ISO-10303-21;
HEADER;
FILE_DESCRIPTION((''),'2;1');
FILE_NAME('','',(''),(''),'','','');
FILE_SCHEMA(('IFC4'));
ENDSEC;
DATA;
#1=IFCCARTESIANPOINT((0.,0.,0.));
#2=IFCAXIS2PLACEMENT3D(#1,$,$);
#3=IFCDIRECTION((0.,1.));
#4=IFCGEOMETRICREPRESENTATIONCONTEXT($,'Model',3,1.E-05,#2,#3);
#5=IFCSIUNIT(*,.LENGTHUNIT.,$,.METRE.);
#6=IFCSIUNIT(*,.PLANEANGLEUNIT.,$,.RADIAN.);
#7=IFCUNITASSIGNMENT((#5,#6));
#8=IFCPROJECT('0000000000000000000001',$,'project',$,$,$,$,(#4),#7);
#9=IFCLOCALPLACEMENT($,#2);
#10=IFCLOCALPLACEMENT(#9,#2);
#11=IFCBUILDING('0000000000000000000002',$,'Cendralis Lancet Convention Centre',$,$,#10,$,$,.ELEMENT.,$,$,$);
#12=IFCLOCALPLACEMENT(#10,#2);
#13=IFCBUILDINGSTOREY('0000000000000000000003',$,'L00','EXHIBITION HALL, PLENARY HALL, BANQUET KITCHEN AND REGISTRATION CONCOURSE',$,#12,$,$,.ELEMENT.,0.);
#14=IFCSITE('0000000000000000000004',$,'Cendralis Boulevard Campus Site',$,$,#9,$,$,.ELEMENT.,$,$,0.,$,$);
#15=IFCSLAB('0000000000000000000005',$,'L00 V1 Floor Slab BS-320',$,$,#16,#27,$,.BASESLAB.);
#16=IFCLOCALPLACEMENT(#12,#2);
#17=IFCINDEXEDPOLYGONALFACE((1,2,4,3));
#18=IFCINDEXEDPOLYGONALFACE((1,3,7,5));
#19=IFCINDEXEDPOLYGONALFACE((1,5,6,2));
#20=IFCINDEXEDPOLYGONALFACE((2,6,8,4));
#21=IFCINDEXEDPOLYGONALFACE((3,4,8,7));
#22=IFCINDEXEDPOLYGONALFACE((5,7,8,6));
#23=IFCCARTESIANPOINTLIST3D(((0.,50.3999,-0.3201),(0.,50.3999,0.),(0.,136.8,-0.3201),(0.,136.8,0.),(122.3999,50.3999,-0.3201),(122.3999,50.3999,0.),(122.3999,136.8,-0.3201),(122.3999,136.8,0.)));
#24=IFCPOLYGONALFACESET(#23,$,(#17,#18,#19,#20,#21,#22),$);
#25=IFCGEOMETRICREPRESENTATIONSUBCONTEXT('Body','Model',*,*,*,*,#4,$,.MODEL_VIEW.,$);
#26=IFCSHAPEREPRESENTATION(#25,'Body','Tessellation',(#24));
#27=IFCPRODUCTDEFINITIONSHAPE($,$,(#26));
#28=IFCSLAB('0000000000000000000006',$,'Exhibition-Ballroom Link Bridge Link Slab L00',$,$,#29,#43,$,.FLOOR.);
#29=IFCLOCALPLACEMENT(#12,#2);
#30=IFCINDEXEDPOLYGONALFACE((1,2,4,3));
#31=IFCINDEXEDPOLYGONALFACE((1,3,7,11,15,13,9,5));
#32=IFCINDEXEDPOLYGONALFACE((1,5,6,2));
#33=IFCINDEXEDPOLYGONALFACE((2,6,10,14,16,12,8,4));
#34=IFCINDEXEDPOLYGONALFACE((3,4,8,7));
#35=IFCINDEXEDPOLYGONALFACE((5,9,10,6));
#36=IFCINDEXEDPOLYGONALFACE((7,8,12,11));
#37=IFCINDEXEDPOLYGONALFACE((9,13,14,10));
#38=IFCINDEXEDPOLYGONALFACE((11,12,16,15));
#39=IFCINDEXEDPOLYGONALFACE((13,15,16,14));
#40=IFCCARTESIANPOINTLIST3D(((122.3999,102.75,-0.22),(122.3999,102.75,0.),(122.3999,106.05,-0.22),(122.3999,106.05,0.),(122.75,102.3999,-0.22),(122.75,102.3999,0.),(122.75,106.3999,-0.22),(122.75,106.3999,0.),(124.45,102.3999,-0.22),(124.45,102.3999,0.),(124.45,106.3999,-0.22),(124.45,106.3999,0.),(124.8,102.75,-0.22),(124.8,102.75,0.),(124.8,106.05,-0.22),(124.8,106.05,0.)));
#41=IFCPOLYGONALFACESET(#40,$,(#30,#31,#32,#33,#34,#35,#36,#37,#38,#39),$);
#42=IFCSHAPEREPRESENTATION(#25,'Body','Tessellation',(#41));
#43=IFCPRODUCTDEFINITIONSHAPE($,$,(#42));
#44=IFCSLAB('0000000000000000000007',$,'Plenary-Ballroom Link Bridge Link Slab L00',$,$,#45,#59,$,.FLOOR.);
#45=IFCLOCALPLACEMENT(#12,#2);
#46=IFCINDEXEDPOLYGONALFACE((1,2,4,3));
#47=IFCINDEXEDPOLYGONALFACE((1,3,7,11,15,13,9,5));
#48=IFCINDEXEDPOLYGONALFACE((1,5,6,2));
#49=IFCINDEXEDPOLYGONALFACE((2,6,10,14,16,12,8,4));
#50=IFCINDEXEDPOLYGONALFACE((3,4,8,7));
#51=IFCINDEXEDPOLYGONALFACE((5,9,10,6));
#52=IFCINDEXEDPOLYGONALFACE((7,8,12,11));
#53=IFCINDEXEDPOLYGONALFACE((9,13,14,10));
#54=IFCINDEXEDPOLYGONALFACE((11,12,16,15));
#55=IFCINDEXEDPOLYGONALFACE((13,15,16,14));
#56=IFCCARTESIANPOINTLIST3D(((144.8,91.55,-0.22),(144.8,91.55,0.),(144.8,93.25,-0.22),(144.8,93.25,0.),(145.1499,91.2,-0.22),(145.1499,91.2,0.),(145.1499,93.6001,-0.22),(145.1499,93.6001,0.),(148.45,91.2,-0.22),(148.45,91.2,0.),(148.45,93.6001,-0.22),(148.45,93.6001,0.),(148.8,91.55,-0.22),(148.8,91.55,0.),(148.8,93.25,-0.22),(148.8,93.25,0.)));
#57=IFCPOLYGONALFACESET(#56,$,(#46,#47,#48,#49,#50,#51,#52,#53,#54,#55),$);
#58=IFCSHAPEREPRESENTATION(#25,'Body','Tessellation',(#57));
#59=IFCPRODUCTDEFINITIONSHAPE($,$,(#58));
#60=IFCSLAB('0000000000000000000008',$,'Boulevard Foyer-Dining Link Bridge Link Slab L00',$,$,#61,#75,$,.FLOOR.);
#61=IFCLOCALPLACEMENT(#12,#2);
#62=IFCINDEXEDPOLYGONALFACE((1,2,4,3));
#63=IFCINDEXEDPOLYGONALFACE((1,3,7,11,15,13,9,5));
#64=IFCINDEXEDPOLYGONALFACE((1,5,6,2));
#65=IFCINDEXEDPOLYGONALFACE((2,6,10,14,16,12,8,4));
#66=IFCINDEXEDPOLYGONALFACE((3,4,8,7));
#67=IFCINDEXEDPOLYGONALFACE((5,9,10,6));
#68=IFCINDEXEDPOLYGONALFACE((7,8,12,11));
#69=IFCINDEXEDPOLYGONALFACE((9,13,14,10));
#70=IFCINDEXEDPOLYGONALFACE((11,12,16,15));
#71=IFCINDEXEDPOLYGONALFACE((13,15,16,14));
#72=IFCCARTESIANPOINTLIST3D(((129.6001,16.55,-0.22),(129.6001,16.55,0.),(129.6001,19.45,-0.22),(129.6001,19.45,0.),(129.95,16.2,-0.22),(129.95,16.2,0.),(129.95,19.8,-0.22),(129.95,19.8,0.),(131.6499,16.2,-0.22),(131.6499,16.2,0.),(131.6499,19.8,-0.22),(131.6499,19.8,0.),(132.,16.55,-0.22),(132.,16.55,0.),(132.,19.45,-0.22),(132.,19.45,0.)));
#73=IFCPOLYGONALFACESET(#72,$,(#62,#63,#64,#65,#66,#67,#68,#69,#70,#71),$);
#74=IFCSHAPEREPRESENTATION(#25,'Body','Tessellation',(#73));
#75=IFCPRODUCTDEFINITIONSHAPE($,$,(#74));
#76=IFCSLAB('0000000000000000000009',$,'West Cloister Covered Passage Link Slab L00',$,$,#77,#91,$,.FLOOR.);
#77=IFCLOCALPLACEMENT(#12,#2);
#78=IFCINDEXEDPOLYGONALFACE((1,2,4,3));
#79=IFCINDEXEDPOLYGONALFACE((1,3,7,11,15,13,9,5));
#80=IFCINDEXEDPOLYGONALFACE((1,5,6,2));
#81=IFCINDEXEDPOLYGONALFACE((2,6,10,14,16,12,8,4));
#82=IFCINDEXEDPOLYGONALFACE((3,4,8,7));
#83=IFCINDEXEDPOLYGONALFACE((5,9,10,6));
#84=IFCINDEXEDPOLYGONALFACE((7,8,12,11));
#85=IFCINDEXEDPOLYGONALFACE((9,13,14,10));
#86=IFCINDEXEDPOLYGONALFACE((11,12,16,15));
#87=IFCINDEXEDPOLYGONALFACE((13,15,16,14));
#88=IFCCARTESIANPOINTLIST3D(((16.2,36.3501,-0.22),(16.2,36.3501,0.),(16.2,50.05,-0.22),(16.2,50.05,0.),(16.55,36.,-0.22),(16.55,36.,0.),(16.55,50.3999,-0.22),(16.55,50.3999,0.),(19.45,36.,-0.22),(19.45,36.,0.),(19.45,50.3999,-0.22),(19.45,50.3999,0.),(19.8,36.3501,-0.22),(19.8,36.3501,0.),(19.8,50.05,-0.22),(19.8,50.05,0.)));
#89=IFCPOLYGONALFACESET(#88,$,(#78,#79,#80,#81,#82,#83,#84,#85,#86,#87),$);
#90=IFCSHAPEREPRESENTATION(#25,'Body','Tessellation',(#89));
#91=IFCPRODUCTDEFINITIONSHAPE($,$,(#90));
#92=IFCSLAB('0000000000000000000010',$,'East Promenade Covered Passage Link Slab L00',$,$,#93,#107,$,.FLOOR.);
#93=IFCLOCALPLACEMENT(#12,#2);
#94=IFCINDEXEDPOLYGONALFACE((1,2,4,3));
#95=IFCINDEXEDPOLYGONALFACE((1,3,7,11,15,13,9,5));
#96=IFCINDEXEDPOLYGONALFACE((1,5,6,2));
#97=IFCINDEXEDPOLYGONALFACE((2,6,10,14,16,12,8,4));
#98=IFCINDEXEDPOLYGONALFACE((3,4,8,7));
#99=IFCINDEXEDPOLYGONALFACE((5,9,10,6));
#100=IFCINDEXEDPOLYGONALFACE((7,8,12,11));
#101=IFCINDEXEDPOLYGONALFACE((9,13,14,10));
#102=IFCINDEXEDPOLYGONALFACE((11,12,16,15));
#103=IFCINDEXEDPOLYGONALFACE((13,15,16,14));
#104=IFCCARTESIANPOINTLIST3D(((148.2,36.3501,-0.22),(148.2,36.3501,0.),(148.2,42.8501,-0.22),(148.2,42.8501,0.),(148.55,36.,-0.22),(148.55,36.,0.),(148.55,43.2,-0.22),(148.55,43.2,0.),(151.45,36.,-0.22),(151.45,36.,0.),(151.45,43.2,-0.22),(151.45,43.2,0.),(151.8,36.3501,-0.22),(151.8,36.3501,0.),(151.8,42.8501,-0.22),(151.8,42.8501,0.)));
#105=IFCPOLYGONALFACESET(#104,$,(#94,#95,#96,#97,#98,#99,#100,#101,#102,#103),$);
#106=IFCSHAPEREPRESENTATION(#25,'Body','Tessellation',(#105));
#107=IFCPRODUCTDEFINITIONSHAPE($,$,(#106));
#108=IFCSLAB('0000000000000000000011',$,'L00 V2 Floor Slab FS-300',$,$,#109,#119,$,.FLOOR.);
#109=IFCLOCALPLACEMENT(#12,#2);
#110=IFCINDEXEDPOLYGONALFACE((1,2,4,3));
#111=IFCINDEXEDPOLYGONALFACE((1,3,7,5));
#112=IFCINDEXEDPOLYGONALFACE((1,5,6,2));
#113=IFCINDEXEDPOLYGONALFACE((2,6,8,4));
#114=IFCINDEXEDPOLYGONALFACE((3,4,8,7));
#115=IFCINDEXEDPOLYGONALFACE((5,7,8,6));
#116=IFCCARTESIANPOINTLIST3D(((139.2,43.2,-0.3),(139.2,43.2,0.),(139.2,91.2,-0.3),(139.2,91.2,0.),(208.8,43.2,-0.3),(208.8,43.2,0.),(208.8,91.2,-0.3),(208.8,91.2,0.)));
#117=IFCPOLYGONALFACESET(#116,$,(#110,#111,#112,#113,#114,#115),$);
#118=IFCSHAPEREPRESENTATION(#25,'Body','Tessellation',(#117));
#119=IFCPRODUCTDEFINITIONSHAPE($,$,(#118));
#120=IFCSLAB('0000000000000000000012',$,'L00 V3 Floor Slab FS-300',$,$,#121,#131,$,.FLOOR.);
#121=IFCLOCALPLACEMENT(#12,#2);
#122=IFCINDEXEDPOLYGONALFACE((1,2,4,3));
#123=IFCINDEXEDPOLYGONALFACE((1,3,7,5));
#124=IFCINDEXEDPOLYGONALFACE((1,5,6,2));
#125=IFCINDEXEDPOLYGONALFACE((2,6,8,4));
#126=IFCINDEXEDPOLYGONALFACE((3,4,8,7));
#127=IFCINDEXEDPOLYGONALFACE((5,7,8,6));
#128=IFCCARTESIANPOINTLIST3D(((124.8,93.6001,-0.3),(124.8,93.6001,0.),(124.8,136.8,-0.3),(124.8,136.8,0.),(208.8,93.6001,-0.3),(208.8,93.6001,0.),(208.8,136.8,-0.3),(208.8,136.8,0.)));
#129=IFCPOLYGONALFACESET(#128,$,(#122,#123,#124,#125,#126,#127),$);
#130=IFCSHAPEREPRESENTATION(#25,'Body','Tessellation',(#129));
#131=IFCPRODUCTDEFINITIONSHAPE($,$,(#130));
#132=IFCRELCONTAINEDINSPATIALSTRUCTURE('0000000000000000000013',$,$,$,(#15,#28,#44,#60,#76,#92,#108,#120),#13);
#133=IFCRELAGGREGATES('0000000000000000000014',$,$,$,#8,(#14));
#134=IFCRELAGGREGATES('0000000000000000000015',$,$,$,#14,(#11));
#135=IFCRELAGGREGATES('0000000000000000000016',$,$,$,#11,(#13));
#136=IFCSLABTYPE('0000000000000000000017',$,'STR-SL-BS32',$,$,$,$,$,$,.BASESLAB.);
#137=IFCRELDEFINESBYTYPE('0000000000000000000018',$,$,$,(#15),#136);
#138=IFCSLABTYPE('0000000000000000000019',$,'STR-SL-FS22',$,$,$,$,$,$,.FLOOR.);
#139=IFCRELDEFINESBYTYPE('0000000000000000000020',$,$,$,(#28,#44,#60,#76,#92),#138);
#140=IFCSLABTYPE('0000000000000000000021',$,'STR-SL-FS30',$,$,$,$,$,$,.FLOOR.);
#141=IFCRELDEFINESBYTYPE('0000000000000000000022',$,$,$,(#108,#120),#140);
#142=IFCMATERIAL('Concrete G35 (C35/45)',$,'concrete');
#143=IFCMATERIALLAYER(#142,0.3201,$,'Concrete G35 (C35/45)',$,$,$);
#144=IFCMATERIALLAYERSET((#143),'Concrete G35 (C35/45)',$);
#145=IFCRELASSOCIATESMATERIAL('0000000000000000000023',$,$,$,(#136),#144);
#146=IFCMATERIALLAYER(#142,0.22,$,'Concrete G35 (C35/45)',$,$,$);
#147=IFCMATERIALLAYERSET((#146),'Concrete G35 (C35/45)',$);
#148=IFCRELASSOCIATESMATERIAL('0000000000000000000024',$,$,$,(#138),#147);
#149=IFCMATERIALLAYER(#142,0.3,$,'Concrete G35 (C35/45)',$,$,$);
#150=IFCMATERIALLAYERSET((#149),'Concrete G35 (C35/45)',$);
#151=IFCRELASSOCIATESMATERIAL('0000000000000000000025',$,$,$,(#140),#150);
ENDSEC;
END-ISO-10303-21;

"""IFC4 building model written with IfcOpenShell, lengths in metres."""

from ifc_helpers import new_model, si_unit, direction, frame, origin, place, context, subcontext, project, spatial, polyline, outline, extrude, material, layer, layer_set, type_object, element, save


model = new_model("IFC4")

# Units and contexts
model_context = context("Model", 3, precision=1e-05, world=origin(), true_north=direction((0.0, 1.0)))
body_context = subcontext(model_context, "Body", "Model", "MODEL_VIEW")
ifc_project = project(units=[si_unit("LENGTHUNIT", "METRE"), si_unit("PLANEANGLEUNIT", "RADIAN")], contexts=[model_context])

# Site, building, storey
site_placement = place(None, origin())
site = spatial("IfcSite", under=ifc_project, at=site_placement, Name="Cendralis Boulevard Campus Site", CompositionType="ELEMENT", RefElevation=0.0)
building_placement = place(site_placement, origin())
building = spatial("IfcBuilding", under=site, at=building_placement, Name="Cendralis Lancet Convention Centre", CompositionType="ELEMENT")
storey_placement = place(building_placement, origin())
storey = spatial("IfcBuildingStorey", under=building, at=storey_placement, Name="L00", Description="EXHIBITION HALL, PLENARY HALL, BANQUET KITCHEN AND REGISTRATION CONCOURSE", CompositionType="ELEMENT", Elevation=0.0)

# Slabs
ifc_material_1 = material(Name="Concrete G35 (C35/45)", Category="concrete")
ifc_layer_1 = layer(ifc_material_1, 0.3201, Name="Concrete G35 (C35/45)")
ifc_layer_set_1 = layer_set([ifc_layer_1], Name="Concrete G35 (C35/45)")
slab_type_1 = type_object("IfcSlabType", Name="STR-SL-BS32", PredefinedType="BASESLAB", material=ifc_layer_set_1)
slab_1_placement = place(storey_placement, frame((0.0, 0.0, -0.3201)))
element("IfcSlab", 1, at=slab_1_placement, inside=storey, type_object=slab_type_1, Name="L00 V1 Floor Slab BS-320", PredefinedType="BASESLAB", context=body_context, shape_type="SweptSolid", body=[
    extrude(outline(polyline([(0.0, 50.3999), (122.3999, 50.3999), (122.3999, 136.8), (0.0, 136.8), (0.0, 50.3999)])), origin(), (0.0, 0.0, 1.0), 0.3201),
])
ifc_layer_2 = layer(ifc_material_1, 0.22, Name="Concrete G35 (C35/45)")
ifc_layer_set_2 = layer_set([ifc_layer_2], Name="Concrete G35 (C35/45)")
slab_type_2 = type_object("IfcSlabType", Name="STR-SL-FS22", PredefinedType="FLOOR", material=ifc_layer_set_2)
slab_2_placement = place(storey_placement, frame((0.0, 0.0, -0.22)))
element("IfcSlab", 2, at=slab_2_placement, inside=storey, type_object=slab_type_2, Name="Exhibition-Ballroom Link Bridge Link Slab L00", PredefinedType="FLOOR", context=body_context, shape_type="SweptSolid", body=[
    extrude(outline(polyline([(122.75, 102.3999), (124.45, 102.3999), (124.8, 102.75), (124.8, 106.05), (124.45, 106.3999), (122.75, 106.3999), (122.3999, 106.05), (122.3999, 102.75), (122.75, 102.3999)])), origin(), (0.0, 0.0, 1.0), 0.22),
])
slab_3_placement = place(storey_placement, frame((0.0, 0.0, -0.22)))
element("IfcSlab", 3, at=slab_3_placement, inside=storey, type_object=slab_type_2, Name="Plenary-Ballroom Link Bridge Link Slab L00", PredefinedType="FLOOR", context=body_context, shape_type="SweptSolid", body=[
    extrude(outline(polyline([(145.1499, 91.2), (148.45, 91.2), (148.8, 91.55), (148.8, 93.25), (148.45, 93.6001), (145.1499, 93.6001), (144.8, 93.25), (144.8, 91.55), (145.1499, 91.2)])), origin(), (0.0, 0.0, 1.0), 0.22),
])
slab_4_placement = place(storey_placement, frame((0.0, 0.0, -0.22)))
element("IfcSlab", 4, at=slab_4_placement, inside=storey, type_object=slab_type_2, Name="Boulevard Foyer-Dining Link Bridge Link Slab L00", PredefinedType="FLOOR", context=body_context, shape_type="SweptSolid", body=[
    extrude(outline(polyline([(129.95, 16.2), (131.6499, 16.2), (132.0, 16.55), (132.0, 19.45), (131.6499, 19.8), (129.95, 19.8), (129.6001, 19.45), (129.6001, 16.55), (129.95, 16.2)])), origin(), (0.0, 0.0, 1.0), 0.22),
])
slab_5_placement = place(storey_placement, frame((0.0, 0.0, -0.22)))
element("IfcSlab", 5, at=slab_5_placement, inside=storey, type_object=slab_type_2, Name="West Cloister Covered Passage Link Slab L00", PredefinedType="FLOOR", context=body_context, shape_type="SweptSolid", body=[
    extrude(outline(polyline([(16.55, 36.0), (19.45, 36.0), (19.8, 36.3501), (19.8, 50.05), (19.45, 50.3999), (16.55, 50.3999), (16.2, 50.05), (16.2, 36.3501), (16.55, 36.0)])), origin(), (0.0, 0.0, 1.0), 0.22),
])
slab_6_placement = place(storey_placement, frame((0.0, 0.0, -0.22)))
element("IfcSlab", 6, at=slab_6_placement, inside=storey, type_object=slab_type_2, Name="East Promenade Covered Passage Link Slab L00", PredefinedType="FLOOR", context=body_context, shape_type="SweptSolid", body=[
    extrude(outline(polyline([(148.55, 36.0), (151.45, 36.0), (151.8, 36.3501), (151.8, 42.8501), (151.45, 43.2), (148.55, 43.2), (148.2, 42.8501), (148.2, 36.3501), (148.55, 36.0)])), origin(), (0.0, 0.0, 1.0), 0.22),
])
ifc_layer_3 = layer(ifc_material_1, 0.3, Name="Concrete G35 (C35/45)")
ifc_layer_set_3 = layer_set([ifc_layer_3], Name="Concrete G35 (C35/45)")
slab_type_3 = type_object("IfcSlabType", Name="STR-SL-FS30", PredefinedType="FLOOR", material=ifc_layer_set_3)
slab_7_placement = place(storey_placement, frame((0.0, 0.0, -0.3)))
element("IfcSlab", 7, at=slab_7_placement, inside=storey, type_object=slab_type_3, Name="L00 V2 Floor Slab FS-300", PredefinedType="FLOOR", context=body_context, shape_type="SweptSolid", body=[
    extrude(outline(polyline([(139.2, 43.2), (208.8, 43.2), (208.8, 91.2), (139.2, 91.2), (139.2, 43.2)])), origin(), (0.0, 0.0, 1.0), 0.3),
])
slab_8_placement = place(storey_placement, frame((0.0, 0.0, -0.3)))
element("IfcSlab", 8, at=slab_8_placement, inside=storey, type_object=slab_type_3, Name="L00 V3 Floor Slab FS-300", PredefinedType="FLOOR", context=body_context, shape_type="SweptSolid", body=[
    extrude(outline(polyline([(124.8, 93.6001), (208.8, 93.6001), (208.8, 136.8), (124.8, 136.8), (124.8, 93.6001)])), origin(), (0.0, 0.0, 1.0), 0.3),
])

save(model, "model.ifc")
